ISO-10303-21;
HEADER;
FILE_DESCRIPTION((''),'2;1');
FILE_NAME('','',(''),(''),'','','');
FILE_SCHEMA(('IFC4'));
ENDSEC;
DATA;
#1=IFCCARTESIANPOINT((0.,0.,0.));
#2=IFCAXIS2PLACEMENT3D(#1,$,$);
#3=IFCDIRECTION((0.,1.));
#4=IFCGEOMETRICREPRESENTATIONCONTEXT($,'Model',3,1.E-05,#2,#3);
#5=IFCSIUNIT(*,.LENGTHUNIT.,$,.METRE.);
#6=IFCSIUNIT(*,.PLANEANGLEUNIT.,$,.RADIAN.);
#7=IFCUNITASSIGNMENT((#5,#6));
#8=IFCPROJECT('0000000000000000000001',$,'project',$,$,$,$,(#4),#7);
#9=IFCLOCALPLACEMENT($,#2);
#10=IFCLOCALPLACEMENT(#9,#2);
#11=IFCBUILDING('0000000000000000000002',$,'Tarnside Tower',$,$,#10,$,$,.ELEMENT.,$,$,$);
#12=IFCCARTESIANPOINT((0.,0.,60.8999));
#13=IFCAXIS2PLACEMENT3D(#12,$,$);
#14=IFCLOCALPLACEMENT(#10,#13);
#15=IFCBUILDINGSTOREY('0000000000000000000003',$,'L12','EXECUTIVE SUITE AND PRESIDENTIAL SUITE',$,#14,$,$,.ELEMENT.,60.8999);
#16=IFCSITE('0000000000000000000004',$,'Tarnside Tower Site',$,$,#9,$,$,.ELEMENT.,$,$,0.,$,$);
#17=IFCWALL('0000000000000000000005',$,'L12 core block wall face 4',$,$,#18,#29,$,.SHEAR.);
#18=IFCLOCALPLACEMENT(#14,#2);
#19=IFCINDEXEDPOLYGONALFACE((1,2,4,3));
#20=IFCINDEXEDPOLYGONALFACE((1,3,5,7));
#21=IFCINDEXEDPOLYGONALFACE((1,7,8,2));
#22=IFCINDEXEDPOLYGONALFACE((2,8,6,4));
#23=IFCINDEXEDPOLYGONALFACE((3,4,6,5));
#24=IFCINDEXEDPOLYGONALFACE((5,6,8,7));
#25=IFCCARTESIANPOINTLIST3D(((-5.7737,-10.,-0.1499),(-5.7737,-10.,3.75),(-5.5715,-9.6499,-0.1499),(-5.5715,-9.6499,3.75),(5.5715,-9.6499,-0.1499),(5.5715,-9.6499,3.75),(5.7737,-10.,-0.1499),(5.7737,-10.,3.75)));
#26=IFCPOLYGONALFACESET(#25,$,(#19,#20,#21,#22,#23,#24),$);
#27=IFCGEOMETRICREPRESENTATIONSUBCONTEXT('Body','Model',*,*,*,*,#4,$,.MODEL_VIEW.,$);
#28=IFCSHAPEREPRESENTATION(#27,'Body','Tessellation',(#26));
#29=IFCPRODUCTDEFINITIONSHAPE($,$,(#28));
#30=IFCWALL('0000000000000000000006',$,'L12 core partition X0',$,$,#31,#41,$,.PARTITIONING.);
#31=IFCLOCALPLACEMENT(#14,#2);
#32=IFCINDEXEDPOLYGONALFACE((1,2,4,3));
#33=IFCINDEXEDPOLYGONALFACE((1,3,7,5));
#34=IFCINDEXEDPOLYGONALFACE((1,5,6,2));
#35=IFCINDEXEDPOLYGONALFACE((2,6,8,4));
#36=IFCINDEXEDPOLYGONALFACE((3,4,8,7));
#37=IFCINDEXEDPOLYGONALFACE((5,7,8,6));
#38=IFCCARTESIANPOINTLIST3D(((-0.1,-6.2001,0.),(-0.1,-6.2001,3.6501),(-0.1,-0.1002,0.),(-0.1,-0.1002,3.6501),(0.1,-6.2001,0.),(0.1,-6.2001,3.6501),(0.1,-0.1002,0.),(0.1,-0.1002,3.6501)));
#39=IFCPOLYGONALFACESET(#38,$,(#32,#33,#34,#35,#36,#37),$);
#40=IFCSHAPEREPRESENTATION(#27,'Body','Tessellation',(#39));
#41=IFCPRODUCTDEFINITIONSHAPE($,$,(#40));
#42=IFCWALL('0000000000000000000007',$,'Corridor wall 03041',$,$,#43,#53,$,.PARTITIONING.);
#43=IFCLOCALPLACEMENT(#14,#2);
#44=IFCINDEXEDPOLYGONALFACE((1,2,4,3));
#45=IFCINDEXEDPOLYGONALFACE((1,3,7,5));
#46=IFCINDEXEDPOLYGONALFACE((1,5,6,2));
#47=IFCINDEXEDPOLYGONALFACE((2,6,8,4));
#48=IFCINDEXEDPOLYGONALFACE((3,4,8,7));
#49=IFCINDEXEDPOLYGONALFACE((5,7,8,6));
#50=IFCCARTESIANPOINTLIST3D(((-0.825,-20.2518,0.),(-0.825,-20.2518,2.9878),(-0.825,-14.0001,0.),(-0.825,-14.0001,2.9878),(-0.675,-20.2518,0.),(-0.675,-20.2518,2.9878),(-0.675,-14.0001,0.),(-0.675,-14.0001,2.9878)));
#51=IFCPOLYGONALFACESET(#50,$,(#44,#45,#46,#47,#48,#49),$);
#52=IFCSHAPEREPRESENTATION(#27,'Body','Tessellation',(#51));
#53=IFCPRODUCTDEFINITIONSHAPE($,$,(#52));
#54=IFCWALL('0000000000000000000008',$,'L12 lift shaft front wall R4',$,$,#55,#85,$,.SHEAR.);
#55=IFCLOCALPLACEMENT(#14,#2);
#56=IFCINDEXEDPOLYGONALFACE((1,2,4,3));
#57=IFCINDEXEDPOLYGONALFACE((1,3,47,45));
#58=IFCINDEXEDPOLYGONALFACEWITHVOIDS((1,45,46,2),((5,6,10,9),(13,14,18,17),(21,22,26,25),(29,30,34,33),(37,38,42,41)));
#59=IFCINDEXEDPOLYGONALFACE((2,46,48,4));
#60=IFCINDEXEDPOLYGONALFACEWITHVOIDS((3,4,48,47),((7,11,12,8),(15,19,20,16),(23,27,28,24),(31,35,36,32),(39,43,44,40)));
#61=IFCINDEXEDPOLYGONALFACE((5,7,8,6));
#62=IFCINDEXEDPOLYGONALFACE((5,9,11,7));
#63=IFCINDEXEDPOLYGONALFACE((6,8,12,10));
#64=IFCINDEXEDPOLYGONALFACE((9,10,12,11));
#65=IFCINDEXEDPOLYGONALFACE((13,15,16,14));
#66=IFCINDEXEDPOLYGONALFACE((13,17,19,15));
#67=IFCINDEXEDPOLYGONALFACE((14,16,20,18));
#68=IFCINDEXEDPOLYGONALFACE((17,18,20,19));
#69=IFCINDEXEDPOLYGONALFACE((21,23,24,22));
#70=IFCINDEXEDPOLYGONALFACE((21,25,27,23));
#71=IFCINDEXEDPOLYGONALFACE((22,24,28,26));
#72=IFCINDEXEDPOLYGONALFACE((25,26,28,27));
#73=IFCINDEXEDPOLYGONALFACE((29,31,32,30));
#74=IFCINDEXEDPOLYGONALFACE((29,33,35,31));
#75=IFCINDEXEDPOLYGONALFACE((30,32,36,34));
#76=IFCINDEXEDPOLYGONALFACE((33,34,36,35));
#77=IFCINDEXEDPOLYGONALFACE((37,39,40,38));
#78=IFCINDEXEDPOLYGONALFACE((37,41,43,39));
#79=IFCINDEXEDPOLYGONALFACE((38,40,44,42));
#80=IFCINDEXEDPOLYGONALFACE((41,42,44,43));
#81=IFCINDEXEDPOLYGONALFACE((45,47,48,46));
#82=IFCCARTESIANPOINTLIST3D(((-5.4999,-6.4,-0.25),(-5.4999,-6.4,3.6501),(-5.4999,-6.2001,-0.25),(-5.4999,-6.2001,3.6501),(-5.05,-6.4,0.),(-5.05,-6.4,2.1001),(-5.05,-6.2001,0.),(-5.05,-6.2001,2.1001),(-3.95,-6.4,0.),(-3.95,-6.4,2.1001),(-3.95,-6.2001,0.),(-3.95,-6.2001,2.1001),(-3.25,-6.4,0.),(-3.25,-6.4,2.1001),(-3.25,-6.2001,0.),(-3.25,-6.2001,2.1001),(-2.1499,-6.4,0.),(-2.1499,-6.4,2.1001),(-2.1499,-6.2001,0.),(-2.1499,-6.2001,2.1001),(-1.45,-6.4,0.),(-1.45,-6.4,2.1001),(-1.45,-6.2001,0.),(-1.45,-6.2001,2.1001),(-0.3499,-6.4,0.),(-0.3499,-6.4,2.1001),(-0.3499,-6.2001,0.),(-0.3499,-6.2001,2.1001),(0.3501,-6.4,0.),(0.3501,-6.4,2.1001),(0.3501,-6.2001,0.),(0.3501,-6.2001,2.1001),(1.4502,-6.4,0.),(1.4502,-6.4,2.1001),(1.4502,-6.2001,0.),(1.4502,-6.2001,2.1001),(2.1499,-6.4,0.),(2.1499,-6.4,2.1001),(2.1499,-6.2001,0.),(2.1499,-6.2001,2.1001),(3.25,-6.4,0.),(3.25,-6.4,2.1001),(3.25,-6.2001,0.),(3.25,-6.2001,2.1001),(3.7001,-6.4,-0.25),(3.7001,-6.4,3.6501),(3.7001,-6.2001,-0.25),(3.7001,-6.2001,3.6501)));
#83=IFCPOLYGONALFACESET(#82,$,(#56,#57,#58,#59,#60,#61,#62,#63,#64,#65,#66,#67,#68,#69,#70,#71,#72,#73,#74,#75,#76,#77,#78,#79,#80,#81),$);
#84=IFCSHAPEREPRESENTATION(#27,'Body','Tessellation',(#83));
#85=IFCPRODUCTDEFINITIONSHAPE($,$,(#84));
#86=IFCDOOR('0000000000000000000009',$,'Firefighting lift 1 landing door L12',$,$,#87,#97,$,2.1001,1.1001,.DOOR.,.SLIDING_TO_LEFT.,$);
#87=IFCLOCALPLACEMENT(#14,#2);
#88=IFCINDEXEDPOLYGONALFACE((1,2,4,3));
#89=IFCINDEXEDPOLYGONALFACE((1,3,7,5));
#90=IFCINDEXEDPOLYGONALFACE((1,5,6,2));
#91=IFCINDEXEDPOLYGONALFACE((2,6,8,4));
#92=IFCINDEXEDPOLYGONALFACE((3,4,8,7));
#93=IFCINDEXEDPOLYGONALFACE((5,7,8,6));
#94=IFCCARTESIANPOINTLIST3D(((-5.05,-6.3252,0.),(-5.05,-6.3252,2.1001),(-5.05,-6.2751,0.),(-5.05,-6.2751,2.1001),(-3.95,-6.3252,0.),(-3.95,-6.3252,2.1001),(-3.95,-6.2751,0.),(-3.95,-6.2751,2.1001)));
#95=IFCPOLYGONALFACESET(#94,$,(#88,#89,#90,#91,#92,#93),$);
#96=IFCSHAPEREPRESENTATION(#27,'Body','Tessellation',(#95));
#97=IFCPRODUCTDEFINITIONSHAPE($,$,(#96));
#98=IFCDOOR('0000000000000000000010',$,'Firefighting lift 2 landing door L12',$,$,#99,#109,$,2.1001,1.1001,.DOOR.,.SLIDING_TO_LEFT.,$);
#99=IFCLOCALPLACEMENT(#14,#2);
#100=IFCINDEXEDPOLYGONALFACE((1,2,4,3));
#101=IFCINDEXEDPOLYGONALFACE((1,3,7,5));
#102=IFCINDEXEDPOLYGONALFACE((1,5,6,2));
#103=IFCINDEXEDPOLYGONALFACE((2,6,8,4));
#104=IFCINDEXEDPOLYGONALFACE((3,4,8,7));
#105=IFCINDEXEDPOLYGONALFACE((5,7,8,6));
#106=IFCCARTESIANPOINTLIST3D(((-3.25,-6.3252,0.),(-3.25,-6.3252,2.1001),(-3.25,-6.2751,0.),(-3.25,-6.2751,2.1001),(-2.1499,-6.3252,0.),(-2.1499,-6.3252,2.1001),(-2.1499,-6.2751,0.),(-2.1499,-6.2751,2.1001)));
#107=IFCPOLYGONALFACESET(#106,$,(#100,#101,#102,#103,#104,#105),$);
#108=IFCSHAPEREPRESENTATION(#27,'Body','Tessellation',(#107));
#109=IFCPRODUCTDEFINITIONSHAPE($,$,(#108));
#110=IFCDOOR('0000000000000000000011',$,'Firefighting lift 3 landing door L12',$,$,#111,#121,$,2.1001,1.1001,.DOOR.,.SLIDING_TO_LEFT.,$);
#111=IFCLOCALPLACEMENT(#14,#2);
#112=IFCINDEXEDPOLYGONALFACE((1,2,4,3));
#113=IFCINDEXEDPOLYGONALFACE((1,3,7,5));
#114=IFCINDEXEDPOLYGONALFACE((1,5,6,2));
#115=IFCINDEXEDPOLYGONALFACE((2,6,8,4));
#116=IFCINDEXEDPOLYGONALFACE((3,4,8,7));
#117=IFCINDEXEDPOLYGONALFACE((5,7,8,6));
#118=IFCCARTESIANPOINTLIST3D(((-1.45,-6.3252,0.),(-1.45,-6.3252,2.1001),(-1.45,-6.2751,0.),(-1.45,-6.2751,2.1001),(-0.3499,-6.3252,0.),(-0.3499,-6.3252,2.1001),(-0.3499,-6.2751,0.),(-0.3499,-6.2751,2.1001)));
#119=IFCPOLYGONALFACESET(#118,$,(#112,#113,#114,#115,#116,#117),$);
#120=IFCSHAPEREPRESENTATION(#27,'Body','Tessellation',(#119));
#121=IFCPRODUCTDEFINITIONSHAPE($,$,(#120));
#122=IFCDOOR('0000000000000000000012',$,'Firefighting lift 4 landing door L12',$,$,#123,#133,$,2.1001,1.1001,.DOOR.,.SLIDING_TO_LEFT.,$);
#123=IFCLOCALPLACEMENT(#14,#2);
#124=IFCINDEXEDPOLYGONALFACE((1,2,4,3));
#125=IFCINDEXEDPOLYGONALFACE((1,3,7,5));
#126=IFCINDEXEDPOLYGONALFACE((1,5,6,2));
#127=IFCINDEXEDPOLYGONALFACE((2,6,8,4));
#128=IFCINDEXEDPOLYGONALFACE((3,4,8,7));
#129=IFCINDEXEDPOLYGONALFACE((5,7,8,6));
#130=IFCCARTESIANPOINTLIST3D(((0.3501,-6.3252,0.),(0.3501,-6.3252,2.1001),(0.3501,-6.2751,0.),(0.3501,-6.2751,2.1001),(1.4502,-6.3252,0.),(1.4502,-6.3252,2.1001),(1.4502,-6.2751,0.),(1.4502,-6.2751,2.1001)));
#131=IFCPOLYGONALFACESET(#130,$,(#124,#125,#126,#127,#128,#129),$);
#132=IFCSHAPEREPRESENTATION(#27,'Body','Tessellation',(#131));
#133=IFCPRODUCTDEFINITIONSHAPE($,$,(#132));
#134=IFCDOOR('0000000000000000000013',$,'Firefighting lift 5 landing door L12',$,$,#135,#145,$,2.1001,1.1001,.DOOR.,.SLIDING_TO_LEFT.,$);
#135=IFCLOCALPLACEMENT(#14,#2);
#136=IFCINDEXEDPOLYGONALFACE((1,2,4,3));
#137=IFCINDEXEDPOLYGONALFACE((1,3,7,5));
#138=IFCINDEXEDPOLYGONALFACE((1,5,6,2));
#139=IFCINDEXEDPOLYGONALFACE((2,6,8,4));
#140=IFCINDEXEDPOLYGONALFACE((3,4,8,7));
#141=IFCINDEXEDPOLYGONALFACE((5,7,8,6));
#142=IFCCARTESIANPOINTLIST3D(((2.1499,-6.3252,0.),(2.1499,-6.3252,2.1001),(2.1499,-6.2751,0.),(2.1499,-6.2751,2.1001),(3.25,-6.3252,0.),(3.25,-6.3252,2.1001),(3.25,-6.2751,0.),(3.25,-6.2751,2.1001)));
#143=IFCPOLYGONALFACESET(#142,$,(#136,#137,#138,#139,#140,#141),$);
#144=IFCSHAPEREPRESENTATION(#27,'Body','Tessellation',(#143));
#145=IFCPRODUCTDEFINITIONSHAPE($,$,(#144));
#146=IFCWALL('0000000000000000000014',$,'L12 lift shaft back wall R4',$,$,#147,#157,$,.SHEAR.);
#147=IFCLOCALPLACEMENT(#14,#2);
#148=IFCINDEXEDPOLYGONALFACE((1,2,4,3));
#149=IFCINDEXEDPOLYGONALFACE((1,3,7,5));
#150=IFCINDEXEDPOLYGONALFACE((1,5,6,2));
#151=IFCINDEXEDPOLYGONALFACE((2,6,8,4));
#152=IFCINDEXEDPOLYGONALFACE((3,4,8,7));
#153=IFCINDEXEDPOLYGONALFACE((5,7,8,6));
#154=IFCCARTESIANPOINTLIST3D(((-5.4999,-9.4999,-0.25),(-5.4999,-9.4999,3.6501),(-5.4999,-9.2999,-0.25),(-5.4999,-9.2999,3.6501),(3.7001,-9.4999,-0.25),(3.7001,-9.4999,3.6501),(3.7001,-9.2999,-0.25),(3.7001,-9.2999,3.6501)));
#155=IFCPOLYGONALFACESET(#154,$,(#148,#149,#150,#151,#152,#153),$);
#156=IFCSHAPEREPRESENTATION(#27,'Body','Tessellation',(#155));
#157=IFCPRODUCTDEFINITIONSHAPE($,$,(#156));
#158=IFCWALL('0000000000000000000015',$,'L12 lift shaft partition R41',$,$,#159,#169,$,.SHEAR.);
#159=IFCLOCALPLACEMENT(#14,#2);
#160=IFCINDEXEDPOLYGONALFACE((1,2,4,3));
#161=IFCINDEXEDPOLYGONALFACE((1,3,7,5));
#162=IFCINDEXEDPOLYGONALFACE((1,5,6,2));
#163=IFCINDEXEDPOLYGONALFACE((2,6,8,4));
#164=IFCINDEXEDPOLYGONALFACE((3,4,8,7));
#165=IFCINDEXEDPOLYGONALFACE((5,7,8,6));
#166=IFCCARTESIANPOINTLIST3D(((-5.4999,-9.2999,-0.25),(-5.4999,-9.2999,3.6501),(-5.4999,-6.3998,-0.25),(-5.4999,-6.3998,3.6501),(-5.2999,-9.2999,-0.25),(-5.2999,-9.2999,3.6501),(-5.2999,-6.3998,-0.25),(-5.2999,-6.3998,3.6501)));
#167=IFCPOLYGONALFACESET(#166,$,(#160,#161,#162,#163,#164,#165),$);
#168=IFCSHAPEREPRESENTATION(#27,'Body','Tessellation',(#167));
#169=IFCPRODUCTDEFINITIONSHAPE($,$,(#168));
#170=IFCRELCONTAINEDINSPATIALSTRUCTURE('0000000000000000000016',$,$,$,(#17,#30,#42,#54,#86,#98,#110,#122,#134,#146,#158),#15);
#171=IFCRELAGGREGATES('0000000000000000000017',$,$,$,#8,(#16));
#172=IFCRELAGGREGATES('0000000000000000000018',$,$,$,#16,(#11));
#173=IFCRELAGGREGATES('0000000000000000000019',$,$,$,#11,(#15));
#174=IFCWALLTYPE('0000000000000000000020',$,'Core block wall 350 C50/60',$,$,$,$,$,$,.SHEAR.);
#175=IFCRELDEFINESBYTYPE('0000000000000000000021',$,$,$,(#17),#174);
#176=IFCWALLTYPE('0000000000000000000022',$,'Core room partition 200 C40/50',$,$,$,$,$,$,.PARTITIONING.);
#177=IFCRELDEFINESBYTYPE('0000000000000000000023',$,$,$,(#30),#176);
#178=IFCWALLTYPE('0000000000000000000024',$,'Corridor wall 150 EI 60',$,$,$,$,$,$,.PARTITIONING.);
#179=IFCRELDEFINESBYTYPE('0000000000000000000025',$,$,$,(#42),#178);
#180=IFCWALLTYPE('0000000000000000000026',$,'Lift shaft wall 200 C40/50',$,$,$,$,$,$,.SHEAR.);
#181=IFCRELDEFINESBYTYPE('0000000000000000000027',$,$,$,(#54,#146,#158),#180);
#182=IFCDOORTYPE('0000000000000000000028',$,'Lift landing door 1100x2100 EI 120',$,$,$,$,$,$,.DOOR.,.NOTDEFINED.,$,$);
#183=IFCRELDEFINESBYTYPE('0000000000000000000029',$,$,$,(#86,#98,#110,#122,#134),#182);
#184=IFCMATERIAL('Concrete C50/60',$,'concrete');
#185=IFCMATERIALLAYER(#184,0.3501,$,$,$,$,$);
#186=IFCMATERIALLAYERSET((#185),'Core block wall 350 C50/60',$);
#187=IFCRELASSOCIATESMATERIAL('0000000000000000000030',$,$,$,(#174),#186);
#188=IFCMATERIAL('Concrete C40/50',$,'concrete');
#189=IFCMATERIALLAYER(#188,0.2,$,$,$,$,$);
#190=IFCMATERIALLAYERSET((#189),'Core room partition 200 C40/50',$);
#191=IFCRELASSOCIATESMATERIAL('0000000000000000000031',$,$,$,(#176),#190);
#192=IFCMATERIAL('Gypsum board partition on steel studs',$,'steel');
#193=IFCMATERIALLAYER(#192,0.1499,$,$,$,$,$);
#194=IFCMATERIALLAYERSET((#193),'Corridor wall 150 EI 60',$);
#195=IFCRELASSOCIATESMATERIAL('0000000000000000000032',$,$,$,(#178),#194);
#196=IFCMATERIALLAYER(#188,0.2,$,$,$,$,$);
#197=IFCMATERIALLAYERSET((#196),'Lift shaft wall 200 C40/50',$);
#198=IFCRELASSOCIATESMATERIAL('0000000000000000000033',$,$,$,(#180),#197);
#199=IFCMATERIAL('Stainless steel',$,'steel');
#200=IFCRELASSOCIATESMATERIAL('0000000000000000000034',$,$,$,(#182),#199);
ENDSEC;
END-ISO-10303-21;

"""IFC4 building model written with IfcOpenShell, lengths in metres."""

from ifc_helpers import new_model, si_unit, direction, frame, frame_2d, origin, place, context, subcontext, project, spatial, polyline, rectangle, outline, extrude, material, layer, layer_set, type_object, element, fill, save


model = new_model("IFC4")

# Units and contexts
model_context = context("Model", 3, precision=1e-05, world=origin(), true_north=direction((0.0, 1.0)))
body_context = subcontext(model_context, "Body", "Model", "MODEL_VIEW")
ifc_project = project(units=[si_unit("LENGTHUNIT", "METRE"), si_unit("PLANEANGLEUNIT", "RADIAN")], contexts=[model_context])

# Site, building, storey
site_placement = place(None, origin())
site = spatial("IfcSite", under=ifc_project, at=site_placement, Name="Tarnside Tower Site", CompositionType="ELEMENT", RefElevation=0.0)
building_placement = place(site_placement, origin())
building = spatial("IfcBuilding", under=site, at=building_placement, Name="Tarnside Tower", CompositionType="ELEMENT")
storey_placement = place(building_placement, frame((0.0, 0.0, 60.8999)))
storey = spatial("IfcBuildingStorey", under=building, at=storey_placement, Name="L12", Description="EXECUTIVE SUITE AND PRESIDENTIAL SUITE", CompositionType="ELEMENT", Elevation=60.8999)

# Walls
ifc_material_1 = material(Name="Concrete C50/60", Category="concrete")
ifc_layer_1 = layer(ifc_material_1, 0.3501)
ifc_layer_set_1 = layer_set([ifc_layer_1], Name="Core block wall 350 C50/60")
wall_type_1 = type_object("IfcWallType", Name="Core block wall 350 C50/60", PredefinedType="SHEAR", material=ifc_layer_set_1)
wall_1_placement = place(storey_placement, frame((-5.6726, -9.825, -0.1499), z_axis=(0.0, 0.0, 1.0), x_axis=(1.0, 0.0, 0.0)))
element("IfcWall", 1, at=wall_1_placement, inside=storey, type_object=wall_type_1, Name="L12 core block wall face 4", PredefinedType="SHEAR", context=body_context, shape_type="SweptSolid", body=[
    extrude(outline(polyline([(-0.1011, -0.175), (11.4463, -0.175), (11.2441, 0.175), (0.1011, 0.175), (-0.1011, -0.175)])), origin(), (0.0, 0.0, 1.0), 3.8999),
])
ifc_material_2 = material(Name="Concrete C40/50", Category="concrete")
ifc_layer_2 = layer(ifc_material_2, 0.2)
ifc_layer_set_2 = layer_set([ifc_layer_2], Name="Core room partition 200 C40/50")
wall_type_2 = type_object("IfcWallType", Name="Core room partition 200 C40/50", PredefinedType="PARTITIONING", material=ifc_layer_set_2)
wall_2_placement = place(storey_placement, frame((0.0, -6.2, 0.0), z_axis=(0.0, 0.0, 1.0), x_axis=(0.0, 1.0, 0.0)))
element("IfcWall", 2, at=wall_2_placement, inside=storey, type_object=wall_type_2, Name="L12 core partition X0", PredefinedType="PARTITIONING", context=body_context, shape_type="SweptSolid", body=[
    extrude(rectangle(XDim=6.0999, YDim=0.2, at=frame_2d((3.0498, 0.0))), origin(), (0.0, 0.0, 1.0), 3.6501),
])
ifc_material_3 = material(Name="Gypsum board partition on steel studs", Category="steel")
ifc_layer_3 = layer(ifc_material_3, 0.1499)
ifc_layer_set_3 = layer_set([ifc_layer_3], Name="Corridor wall 150 EI 60")
wall_type_3 = type_object("IfcWallType", Name="Corridor wall 150 EI 60", PredefinedType="PARTITIONING", material=ifc_layer_set_3)
wall_3_placement = place(storey_placement, frame((-0.75, -14.0, 0.0), z_axis=(0.0, 0.0, 1.0), x_axis=(0.0, -1.0, 0.0)))
element("IfcWall", 3, at=wall_3_placement, inside=storey, type_object=wall_type_3, Name="Corridor wall 03041", PredefinedType="PARTITIONING", context=body_context, shape_type="SweptSolid", body=[
    extrude(rectangle(XDim=6.2517, YDim=0.1499, at=frame_2d((3.126, 0.0))), origin(), (0.0, 0.0, 1.0), 2.9878),
])

# Wall, openings, doors
ifc_layer_4 = layer(ifc_material_2, 0.2)
ifc_layer_set_4 = layer_set([ifc_layer_4], Name="Lift shaft wall 200 C40/50")
wall_type_4 = type_object("IfcWallType", Name="Lift shaft wall 200 C40/50", PredefinedType="SHEAR", material=ifc_layer_set_4)
wall_4_placement = place(storey_placement, frame((-5.5, -6.3, -0.25), z_axis=(0.0, 0.0, 1.0), x_axis=(1.0, 0.0, 0.0)))
wall_4 = element("IfcWall", 4, at=wall_4_placement, inside=storey, type_object=wall_type_4, Name="L12 lift shaft front wall R4", PredefinedType="SHEAR", context=body_context, shape_type="SweptSolid", body=[
    extrude(rectangle(XDim=9.2, YDim=0.2, at=frame_2d((4.6001, 0.0))), origin(), (0.0, 0.0, 1.0), 3.9001),
])
opening_1_placement = place(wall_4_placement, frame((0.45, 0.0, 0.25)))
opening_1 = element("IfcOpeningElement", 5, at=opening_1_placement, cuts=wall_4, PredefinedType="OPENING", context=body_context, shape_type="SweptSolid", body=[
    extrude(rectangle(XDim=1.1001, YDim=2.1001, at=frame_2d((0.55, 1.05))), frame((0.0, 0.1099, 0.0), z_axis=(0.0, -1.0, 0.0), x_axis=(1.0, 0.0, 0.0)), (0.0, 0.0, 1.0), 0.22),
])
opening_2_placement = place(wall_4_placement, frame((2.25, 0.0, 0.25)))
opening_2 = element("IfcOpeningElement", 6, at=opening_2_placement, cuts=wall_4, PredefinedType="OPENING", context=body_context, shape_type="SweptSolid", body=[
    extrude(rectangle(XDim=1.1001, YDim=2.1001, at=frame_2d((0.55, 1.05))), frame((0.0, 0.1099, 0.0), z_axis=(0.0, -1.0, 0.0), x_axis=(1.0, 0.0, 0.0)), (0.0, 0.0, 1.0), 0.22),
])
opening_3_placement = place(wall_4_placement, frame((4.05, 0.0, 0.25)))
opening_3 = element("IfcOpeningElement", 7, at=opening_3_placement, cuts=wall_4, PredefinedType="OPENING", context=body_context, shape_type="SweptSolid", body=[
    extrude(rectangle(XDim=1.1001, YDim=2.1001, at=frame_2d((0.55, 1.05))), frame((0.0, 0.1099, 0.0), z_axis=(0.0, -1.0, 0.0), x_axis=(1.0, 0.0, 0.0)), (0.0, 0.0, 1.0), 0.22),
])
opening_4_placement = place(wall_4_placement, frame((5.8501, 0.0, 0.25)))
opening_4 = element("IfcOpeningElement", 8, at=opening_4_placement, cuts=wall_4, PredefinedType="OPENING", context=body_context, shape_type="SweptSolid", body=[
    extrude(rectangle(XDim=1.1001, YDim=2.1001, at=frame_2d((0.55, 1.05))), frame((0.0, 0.1099, 0.0), z_axis=(0.0, -1.0, 0.0), x_axis=(1.0, 0.0, 0.0)), (0.0, 0.0, 1.0), 0.22),
])
opening_5_placement = place(wall_4_placement, frame((7.6499, 0.0, 0.25)))
opening_5 = element("IfcOpeningElement", 9, at=opening_5_placement, cuts=wall_4, PredefinedType="OPENING", context=body_context, shape_type="SweptSolid", body=[
    extrude(rectangle(XDim=1.1001, YDim=2.1001, at=frame_2d((0.55, 1.05))), frame((0.0, 0.1099, 0.0), z_axis=(0.0, -1.0, 0.0), x_axis=(1.0, 0.0, 0.0)), (0.0, 0.0, 1.0), 0.22),
])
ifc_material_4 = material(Name="Stainless steel", Category="steel")
door_type = type_object("IfcDoorType", Name="Lift landing door 1100x2100 EI 120", OperationType="NOTDEFINED", PredefinedType="DOOR", material=ifc_material_4)
door_1_placement = place(opening_1_placement, origin())
door_1 = element("IfcDoor", 10, at=door_1_placement, inside=storey, type_object=door_type, Name="Firefighting lift 1 landing door L12", OperationType="SLIDING_TO_LEFT", OverallHeight=2.1001, OverallWidth=1.1001, PredefinedType="DOOR", context=body_context, shape_type="SweptSolid", body=[
    extrude(rectangle(XDim=1.1001, YDim=2.1001, at=frame_2d((0.55, 1.05))), frame((0.0, 0.0249, 0.0), z_axis=(0.0, -1.0, 0.0), x_axis=(1.0, 0.0, 0.0)), (0.0, 0.0, 1.0), 0.05),
])
fill(opening_1, door_1)
door_2_placement = place(opening_2_placement, origin())
door_2 = element("IfcDoor", 11, at=door_2_placement, inside=storey, type_object=door_type, Name="Firefighting lift 2 landing door L12", OperationType="SLIDING_TO_LEFT", OverallHeight=2.1001, OverallWidth=1.1001, PredefinedType="DOOR", context=body_context, shape_type="SweptSolid", body=[
    extrude(rectangle(XDim=1.1001, YDim=2.1001, at=frame_2d((0.55, 1.05))), frame((0.0, 0.0249, 0.0), z_axis=(0.0, -1.0, 0.0), x_axis=(1.0, 0.0, 0.0)), (0.0, 0.0, 1.0), 0.05),
])
fill(opening_2, door_2)
door_3_placement = place(opening_3_placement, origin())
door_3 = element("IfcDoor", 12, at=door_3_placement, inside=storey, type_object=door_type, Name="Firefighting lift 3 landing door L12", OperationType="SLIDING_TO_LEFT", OverallHeight=2.1001, OverallWidth=1.1001, PredefinedType="DOOR", context=body_context, shape_type="SweptSolid", body=[
    extrude(rectangle(XDim=1.1001, YDim=2.1001, at=frame_2d((0.55, 1.05))), frame((0.0, 0.0249, 0.0), z_axis=(0.0, -1.0, 0.0), x_axis=(1.0, 0.0, 0.0)), (0.0, 0.0, 1.0), 0.05),
])
fill(opening_3, door_3)
door_4_placement = place(opening_4_placement, origin())
door_4 = element("IfcDoor", 13, at=door_4_placement, inside=storey, type_object=door_type, Name="Firefighting lift 4 landing door L12", OperationType="SLIDING_TO_LEFT", OverallHeight=2.1001, OverallWidth=1.1001, PredefinedType="DOOR", context=body_context, shape_type="SweptSolid", body=[
    extrude(rectangle(XDim=1.1001, YDim=2.1001, at=frame_2d((0.55, 1.05))), frame((0.0, 0.0249, 0.0), z_axis=(0.0, -1.0, 0.0), x_axis=(1.0, 0.0, 0.0)), (0.0, 0.0, 1.0), 0.05),
])
fill(opening_4, door_4)
door_5_placement = place(opening_5_placement, origin())
door_5 = element("IfcDoor", 14, at=door_5_placement, inside=storey, type_object=door_type, Name="Firefighting lift 5 landing door L12", OperationType="SLIDING_TO_LEFT", OverallHeight=2.1001, OverallWidth=1.1001, PredefinedType="DOOR", context=body_context, shape_type="SweptSolid", body=[
    extrude(rectangle(XDim=1.1001, YDim=2.1001, at=frame_2d((0.55, 1.05))), frame((0.0, 0.0249, 0.0), z_axis=(0.0, -1.0, 0.0), x_axis=(1.0, 0.0, 0.0)), (0.0, 0.0, 1.0), 0.05),
])
fill(opening_5, door_5)

# Walls
wall_5_placement = place(storey_placement, frame((-5.5, -9.3999, -0.25), z_axis=(0.0, 0.0, 1.0), x_axis=(1.0, 0.0, 0.0)))
element("IfcWall", 15, at=wall_5_placement, inside=storey, type_object=wall_type_4, Name="L12 lift shaft back wall R4", PredefinedType="SHEAR", context=body_context, shape_type="SweptSolid", body=[
    extrude(rectangle(XDim=9.2, YDim=0.2, at=frame_2d((4.6001, 0.0))), origin(), (0.0, 0.0, 1.0), 3.9001),
])
for number, where, z_axis, x_axis, name in (
    (16, (-5.3999, -9.3, -0.25), (0.0, 0.0, 1.0), (0.0, 1.0, 0.0), "L12 lift shaft partition R41"),
):
    element("IfcWall", number, at=place(storey_placement, frame(where, z_axis=z_axis, x_axis=x_axis)), inside=storey, type_object=wall_type_4, Name=name, PredefinedType="SHEAR", context=body_context, shape_type="SweptSolid", body=[
        extrude(rectangle(XDim=2.9001, YDim=0.2, at=frame_2d((1.4502, 0.0))), origin(), (0.0, 0.0, 1.0), 3.9001),
    ])

save(model, "model.ifc")
